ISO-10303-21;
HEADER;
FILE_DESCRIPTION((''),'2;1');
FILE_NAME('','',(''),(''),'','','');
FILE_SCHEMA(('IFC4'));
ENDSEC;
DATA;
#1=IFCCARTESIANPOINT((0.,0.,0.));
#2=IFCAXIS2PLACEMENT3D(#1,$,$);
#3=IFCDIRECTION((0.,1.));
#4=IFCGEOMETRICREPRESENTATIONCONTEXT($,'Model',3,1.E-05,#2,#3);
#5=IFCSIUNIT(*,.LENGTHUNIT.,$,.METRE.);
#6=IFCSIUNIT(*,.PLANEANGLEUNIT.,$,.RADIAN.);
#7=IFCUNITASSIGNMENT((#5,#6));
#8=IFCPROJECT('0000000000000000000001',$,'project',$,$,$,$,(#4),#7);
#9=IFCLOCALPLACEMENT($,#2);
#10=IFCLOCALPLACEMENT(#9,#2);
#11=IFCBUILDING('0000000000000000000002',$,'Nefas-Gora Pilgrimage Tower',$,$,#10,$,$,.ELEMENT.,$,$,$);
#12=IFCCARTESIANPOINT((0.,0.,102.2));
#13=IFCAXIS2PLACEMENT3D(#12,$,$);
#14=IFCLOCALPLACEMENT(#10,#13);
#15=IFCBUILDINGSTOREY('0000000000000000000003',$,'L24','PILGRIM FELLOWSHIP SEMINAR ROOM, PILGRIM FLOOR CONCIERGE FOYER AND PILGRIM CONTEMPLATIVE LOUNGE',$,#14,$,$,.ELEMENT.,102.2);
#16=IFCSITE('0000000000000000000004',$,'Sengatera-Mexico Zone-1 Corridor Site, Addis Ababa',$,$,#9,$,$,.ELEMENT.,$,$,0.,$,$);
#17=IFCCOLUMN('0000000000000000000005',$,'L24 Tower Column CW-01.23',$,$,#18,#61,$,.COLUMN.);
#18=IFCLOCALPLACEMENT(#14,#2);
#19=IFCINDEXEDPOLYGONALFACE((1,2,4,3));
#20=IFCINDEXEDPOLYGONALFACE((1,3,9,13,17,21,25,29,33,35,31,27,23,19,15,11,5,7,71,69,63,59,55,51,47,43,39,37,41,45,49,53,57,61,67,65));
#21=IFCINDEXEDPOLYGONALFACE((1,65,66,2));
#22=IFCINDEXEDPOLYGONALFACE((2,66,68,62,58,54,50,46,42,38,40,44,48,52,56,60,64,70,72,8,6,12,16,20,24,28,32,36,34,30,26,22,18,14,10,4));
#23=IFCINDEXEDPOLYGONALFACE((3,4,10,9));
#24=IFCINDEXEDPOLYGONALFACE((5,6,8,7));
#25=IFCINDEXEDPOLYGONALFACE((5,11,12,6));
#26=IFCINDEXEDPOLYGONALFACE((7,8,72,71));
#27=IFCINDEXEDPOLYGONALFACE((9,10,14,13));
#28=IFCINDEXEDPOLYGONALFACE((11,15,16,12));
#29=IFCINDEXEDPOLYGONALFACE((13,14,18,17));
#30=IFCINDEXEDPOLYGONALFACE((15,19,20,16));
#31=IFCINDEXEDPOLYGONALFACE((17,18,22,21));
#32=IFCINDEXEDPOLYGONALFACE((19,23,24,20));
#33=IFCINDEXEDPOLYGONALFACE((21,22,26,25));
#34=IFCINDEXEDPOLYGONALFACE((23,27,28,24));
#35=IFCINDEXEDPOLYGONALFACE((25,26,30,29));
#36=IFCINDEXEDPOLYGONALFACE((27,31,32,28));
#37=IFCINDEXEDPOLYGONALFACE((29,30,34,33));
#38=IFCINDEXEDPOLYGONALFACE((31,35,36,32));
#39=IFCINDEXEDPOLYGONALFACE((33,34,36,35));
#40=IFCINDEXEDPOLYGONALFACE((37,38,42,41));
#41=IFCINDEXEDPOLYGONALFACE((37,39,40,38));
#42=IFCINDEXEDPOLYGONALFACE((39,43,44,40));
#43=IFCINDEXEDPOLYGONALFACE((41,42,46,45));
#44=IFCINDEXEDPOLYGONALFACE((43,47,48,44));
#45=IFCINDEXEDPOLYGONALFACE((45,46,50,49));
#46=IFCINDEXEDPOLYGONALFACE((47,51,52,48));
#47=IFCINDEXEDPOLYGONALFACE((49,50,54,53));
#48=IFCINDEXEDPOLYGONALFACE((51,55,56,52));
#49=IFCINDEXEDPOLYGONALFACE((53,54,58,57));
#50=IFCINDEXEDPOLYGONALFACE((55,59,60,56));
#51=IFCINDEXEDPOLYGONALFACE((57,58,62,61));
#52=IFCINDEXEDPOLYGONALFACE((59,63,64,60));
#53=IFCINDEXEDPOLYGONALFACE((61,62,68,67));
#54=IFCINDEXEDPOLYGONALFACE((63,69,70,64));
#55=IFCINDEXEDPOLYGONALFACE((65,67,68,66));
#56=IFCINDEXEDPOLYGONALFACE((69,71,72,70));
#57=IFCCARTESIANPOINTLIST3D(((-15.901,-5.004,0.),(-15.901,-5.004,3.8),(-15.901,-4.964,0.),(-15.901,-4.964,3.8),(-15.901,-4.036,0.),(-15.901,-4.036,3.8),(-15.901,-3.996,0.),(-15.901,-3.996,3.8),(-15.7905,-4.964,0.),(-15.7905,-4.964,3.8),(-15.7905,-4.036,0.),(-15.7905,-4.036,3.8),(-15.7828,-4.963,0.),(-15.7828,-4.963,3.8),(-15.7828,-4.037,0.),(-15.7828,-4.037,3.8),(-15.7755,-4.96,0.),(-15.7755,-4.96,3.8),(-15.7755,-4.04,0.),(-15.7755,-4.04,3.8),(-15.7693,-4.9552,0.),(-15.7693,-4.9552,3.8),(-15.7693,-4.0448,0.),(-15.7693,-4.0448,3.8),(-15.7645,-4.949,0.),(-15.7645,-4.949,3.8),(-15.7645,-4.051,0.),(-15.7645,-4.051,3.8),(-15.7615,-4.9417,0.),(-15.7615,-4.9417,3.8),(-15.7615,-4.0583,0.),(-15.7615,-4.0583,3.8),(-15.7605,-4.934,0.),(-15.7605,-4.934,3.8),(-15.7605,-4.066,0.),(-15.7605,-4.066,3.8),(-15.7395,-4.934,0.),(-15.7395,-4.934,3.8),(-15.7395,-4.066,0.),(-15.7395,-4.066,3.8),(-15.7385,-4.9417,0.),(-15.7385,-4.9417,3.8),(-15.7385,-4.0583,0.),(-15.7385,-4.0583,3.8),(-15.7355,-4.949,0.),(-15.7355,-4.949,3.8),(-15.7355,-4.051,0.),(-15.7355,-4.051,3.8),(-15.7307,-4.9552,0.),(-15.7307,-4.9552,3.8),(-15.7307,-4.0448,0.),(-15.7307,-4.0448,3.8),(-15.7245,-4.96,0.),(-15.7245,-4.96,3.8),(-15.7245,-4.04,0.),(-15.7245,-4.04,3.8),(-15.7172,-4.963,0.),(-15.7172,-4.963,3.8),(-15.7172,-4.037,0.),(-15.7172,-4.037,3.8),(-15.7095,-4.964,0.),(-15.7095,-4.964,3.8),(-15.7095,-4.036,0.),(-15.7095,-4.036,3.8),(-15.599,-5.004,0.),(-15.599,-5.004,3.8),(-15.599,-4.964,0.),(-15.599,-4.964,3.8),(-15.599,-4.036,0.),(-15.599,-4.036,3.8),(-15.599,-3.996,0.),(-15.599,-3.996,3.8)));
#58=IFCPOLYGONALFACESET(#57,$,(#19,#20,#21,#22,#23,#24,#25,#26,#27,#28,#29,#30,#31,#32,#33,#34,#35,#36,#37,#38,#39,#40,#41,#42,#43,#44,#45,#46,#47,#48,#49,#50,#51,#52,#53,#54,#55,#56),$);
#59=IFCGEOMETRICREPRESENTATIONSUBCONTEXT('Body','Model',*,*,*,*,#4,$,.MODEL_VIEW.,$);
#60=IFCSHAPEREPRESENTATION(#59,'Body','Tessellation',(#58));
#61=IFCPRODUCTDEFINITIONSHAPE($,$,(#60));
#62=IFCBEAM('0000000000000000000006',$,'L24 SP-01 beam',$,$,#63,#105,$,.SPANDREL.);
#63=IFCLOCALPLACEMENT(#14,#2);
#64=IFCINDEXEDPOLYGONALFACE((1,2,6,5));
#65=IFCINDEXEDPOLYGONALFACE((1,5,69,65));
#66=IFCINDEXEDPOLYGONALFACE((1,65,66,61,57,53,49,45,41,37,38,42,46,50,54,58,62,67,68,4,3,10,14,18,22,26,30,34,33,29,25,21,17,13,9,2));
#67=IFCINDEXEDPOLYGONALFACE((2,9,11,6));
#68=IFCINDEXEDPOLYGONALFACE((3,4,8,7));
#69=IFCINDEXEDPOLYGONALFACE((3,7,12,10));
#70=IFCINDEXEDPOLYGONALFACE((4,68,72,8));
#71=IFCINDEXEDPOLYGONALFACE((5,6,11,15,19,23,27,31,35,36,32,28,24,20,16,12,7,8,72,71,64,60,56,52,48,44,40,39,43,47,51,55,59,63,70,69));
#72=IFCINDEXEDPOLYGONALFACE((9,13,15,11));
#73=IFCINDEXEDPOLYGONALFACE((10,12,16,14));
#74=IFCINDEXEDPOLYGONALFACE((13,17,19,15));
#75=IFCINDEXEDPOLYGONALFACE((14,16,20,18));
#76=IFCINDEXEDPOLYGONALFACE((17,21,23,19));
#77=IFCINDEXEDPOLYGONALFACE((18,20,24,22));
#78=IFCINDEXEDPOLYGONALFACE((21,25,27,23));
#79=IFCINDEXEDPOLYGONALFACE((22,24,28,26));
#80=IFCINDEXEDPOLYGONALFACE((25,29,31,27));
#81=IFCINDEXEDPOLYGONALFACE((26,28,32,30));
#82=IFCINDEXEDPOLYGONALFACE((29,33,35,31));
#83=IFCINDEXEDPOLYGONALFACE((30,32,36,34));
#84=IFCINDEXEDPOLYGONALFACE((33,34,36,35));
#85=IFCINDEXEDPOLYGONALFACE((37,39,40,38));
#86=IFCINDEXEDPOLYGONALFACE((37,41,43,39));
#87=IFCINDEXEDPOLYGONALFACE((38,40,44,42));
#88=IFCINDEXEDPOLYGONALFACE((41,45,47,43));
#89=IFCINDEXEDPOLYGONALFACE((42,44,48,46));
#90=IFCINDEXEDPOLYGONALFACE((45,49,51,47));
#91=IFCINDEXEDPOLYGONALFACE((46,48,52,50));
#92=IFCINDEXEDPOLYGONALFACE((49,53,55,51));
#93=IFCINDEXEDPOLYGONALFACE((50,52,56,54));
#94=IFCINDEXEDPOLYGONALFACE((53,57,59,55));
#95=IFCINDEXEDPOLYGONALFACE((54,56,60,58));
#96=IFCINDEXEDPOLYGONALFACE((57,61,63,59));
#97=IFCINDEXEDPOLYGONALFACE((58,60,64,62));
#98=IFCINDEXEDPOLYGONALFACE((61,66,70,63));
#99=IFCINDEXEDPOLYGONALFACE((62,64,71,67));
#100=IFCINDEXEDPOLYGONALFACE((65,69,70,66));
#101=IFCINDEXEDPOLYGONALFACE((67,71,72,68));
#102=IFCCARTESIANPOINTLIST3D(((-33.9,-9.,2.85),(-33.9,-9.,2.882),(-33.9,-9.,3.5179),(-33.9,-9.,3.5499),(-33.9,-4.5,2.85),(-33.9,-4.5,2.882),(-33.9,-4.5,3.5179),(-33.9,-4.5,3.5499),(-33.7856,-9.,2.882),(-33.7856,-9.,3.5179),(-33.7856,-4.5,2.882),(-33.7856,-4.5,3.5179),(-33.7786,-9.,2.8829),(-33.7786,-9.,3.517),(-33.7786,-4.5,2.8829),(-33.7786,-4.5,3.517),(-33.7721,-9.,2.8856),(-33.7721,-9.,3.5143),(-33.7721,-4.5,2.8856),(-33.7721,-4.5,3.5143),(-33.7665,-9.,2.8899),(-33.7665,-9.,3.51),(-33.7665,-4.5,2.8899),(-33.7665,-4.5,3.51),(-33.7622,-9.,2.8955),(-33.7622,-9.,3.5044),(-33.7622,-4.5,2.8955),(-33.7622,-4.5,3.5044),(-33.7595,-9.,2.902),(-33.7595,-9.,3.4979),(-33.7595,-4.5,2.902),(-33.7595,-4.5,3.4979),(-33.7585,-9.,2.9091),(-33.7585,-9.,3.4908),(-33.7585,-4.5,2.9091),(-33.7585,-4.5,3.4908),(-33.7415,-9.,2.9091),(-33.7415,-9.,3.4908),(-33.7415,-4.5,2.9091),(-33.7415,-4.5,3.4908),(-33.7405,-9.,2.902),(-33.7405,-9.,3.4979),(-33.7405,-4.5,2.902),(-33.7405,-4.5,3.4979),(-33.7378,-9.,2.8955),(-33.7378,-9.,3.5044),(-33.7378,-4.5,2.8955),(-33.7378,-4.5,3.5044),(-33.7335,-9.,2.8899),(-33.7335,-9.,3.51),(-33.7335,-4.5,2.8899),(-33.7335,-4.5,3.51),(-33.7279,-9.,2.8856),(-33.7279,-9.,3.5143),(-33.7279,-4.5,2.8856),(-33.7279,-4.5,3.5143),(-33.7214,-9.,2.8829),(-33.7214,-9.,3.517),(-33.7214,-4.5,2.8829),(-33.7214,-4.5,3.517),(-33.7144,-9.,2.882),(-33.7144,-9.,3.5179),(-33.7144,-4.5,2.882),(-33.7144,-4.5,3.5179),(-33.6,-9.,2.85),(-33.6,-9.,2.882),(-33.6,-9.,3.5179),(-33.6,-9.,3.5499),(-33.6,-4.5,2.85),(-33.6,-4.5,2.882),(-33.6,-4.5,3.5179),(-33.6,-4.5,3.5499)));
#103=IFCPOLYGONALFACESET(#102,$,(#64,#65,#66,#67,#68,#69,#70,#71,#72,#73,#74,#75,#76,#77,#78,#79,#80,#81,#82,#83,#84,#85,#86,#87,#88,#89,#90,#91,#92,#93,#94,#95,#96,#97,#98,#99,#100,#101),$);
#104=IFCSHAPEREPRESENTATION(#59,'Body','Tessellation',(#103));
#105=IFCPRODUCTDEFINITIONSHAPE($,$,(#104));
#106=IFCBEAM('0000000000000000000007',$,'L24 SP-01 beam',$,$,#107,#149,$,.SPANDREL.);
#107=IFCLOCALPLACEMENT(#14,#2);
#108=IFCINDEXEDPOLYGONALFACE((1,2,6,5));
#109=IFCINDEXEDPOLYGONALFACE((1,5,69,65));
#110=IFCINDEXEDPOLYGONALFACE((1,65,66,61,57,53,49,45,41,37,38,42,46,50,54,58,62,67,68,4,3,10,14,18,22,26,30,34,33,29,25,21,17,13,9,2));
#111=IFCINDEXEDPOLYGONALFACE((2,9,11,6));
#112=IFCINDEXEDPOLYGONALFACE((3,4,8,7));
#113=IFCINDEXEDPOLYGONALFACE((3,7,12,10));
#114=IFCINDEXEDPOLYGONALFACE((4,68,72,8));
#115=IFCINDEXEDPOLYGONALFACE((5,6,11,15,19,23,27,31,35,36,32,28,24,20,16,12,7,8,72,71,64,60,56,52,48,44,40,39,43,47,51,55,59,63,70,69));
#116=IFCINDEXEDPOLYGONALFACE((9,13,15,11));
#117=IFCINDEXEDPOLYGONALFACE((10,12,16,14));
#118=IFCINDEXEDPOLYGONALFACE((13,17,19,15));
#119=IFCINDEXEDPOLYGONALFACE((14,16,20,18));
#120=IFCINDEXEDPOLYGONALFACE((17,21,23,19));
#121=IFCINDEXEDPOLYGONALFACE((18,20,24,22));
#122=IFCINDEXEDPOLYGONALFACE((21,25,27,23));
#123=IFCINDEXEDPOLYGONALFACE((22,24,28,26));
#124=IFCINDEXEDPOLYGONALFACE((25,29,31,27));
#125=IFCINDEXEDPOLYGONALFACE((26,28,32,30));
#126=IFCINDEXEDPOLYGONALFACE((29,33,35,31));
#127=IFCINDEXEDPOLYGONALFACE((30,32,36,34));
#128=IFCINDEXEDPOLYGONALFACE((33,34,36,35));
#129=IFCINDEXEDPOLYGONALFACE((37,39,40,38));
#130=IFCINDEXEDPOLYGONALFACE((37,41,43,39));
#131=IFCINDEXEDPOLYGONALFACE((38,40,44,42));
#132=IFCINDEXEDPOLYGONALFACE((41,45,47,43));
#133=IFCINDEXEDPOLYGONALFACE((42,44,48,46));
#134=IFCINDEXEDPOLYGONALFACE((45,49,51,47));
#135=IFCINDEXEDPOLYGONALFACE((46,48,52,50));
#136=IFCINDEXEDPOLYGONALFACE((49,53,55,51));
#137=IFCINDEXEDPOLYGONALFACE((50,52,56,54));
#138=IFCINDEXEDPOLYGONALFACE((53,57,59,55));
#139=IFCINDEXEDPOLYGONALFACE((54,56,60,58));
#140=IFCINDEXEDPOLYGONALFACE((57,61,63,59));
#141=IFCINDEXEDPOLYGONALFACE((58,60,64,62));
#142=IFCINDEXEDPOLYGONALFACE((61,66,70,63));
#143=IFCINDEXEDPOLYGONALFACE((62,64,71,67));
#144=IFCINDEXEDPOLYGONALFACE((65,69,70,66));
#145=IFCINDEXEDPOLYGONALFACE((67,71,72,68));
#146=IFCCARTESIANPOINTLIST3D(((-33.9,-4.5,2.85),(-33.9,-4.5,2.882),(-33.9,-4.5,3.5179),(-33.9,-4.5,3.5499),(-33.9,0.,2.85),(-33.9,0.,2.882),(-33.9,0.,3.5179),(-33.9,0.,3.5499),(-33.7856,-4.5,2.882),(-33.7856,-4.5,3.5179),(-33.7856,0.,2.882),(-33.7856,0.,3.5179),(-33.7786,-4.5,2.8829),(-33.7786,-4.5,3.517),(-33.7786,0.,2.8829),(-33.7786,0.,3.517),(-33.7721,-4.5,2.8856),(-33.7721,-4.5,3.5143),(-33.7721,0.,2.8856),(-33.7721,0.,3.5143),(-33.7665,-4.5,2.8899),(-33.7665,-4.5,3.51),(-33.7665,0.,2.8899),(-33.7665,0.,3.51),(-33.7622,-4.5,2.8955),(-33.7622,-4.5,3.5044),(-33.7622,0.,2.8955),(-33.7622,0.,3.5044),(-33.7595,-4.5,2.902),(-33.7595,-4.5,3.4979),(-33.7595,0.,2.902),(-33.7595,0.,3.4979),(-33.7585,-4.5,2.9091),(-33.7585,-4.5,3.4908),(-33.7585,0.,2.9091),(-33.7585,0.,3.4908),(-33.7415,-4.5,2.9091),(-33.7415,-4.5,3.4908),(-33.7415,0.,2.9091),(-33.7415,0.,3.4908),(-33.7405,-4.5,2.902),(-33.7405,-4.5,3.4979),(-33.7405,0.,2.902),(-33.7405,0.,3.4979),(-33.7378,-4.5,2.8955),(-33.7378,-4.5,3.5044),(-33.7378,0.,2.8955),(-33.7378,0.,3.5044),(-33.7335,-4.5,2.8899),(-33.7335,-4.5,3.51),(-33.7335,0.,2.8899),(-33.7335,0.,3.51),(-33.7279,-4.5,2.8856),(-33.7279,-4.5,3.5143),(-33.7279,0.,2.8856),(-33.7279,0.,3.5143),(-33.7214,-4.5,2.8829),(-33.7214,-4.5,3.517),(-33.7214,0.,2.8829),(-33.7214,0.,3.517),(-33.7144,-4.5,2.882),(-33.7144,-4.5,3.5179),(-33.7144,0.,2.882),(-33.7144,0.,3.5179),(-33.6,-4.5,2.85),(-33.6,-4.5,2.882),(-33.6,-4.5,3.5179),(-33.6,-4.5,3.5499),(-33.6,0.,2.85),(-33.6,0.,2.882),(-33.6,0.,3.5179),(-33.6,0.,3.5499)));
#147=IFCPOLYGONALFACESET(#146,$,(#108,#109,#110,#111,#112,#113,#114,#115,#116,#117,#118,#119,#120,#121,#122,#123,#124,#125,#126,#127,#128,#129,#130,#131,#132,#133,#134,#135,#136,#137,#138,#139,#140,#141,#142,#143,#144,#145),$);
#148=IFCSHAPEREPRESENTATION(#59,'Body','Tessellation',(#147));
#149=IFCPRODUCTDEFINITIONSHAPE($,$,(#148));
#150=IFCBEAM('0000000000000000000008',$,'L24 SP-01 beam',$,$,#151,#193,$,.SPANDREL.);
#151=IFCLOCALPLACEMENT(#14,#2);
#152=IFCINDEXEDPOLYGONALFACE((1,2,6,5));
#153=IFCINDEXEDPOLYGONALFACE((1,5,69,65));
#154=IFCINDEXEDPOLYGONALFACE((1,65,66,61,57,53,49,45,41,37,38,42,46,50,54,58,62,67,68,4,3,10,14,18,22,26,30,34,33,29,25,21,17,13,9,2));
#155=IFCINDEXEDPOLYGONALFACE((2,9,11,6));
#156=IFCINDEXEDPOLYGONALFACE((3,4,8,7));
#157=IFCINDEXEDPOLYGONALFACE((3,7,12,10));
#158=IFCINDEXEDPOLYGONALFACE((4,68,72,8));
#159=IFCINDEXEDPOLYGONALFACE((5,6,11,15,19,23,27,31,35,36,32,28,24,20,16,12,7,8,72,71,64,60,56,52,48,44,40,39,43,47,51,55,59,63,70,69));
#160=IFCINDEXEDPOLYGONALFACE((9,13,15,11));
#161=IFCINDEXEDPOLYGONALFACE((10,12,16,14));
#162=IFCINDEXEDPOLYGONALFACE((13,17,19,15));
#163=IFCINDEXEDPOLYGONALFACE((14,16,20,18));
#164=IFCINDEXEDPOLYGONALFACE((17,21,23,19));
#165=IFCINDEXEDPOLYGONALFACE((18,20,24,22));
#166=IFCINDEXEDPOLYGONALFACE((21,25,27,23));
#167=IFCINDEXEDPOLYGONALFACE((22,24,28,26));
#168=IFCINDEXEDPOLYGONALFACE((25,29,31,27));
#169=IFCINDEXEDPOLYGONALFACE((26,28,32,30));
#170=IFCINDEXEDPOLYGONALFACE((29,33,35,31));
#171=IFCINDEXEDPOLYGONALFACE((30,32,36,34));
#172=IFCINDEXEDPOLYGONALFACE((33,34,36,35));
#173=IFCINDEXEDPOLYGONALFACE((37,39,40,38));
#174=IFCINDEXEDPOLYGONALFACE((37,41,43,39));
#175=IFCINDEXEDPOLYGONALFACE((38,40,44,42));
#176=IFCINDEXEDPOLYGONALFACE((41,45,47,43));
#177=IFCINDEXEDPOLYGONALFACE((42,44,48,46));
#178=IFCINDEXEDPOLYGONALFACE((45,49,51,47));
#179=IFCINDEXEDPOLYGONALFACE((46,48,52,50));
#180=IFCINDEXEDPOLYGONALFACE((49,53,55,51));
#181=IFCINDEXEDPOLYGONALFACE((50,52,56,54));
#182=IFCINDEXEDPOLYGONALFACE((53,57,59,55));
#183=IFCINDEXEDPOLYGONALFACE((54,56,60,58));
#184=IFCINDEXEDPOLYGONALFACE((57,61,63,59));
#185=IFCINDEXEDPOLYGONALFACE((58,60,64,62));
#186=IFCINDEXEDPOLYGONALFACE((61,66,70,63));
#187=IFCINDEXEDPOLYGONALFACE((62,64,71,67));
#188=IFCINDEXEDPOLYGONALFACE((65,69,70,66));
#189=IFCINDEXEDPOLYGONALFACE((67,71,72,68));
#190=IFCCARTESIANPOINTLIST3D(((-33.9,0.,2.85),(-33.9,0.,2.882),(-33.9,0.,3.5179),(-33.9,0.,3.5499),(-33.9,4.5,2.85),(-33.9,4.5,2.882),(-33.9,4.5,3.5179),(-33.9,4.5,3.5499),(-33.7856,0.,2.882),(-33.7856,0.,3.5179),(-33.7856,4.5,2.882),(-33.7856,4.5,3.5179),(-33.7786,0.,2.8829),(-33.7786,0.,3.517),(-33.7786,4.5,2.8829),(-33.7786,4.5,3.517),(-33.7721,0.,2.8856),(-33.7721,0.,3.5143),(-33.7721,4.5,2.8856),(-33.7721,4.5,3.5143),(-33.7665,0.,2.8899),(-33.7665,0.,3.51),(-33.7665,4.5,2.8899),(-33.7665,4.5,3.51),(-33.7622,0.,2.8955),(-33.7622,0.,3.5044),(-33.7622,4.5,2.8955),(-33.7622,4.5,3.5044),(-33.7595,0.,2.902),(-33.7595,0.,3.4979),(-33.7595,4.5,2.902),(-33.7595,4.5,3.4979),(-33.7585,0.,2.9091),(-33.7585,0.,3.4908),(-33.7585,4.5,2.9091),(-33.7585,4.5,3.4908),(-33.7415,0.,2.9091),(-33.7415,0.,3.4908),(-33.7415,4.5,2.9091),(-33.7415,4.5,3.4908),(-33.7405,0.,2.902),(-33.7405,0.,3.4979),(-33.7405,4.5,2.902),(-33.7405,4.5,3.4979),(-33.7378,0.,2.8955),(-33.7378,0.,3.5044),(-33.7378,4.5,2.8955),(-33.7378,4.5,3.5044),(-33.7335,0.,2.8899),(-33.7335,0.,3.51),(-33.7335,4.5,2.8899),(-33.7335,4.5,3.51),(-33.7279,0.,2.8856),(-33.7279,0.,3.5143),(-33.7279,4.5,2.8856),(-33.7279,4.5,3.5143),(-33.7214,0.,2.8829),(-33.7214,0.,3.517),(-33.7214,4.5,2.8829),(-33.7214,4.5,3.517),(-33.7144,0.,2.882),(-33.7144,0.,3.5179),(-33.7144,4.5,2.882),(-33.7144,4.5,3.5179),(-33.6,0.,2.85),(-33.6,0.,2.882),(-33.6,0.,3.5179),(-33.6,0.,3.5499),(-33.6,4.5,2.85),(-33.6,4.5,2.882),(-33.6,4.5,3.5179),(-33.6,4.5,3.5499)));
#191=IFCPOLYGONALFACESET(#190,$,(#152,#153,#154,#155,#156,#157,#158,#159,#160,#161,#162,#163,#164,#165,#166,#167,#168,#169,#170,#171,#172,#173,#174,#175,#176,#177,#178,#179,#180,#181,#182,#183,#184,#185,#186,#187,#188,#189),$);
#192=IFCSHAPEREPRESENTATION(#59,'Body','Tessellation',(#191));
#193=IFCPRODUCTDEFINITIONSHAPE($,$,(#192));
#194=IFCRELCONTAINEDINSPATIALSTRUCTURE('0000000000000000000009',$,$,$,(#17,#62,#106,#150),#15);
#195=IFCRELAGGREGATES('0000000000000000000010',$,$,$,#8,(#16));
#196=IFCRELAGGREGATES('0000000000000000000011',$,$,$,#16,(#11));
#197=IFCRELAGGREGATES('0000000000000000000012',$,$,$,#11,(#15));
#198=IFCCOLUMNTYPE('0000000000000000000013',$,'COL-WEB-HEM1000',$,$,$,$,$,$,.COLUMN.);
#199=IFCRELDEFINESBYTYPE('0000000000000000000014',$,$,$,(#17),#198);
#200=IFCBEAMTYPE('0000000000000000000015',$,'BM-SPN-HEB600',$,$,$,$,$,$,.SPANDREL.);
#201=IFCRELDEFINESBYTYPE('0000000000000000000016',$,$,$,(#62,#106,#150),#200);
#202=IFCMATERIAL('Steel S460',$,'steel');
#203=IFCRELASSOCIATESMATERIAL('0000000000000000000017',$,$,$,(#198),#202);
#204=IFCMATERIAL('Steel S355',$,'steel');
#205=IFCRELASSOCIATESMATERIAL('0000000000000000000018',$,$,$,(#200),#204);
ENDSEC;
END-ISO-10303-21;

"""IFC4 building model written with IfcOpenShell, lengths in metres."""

from ifc_helpers import new_model, si_unit, direction, frame, origin, origin_2d, place, context, subcontext, project, spatial, i_section, extrude, source, transform, mapped, material, material_profile, profile_set, type_object, element, save


model = new_model("IFC4")

# Units and contexts
model_context = context("Model", 3, precision=1e-05, world=origin(), true_north=direction((0.0, 1.0)))
body_context = subcontext(model_context, "Body", "Model", "MODEL_VIEW")
ifc_project = project(units=[si_unit("LENGTHUNIT", "METRE"), si_unit("PLANEANGLEUNIT", "RADIAN")], contexts=[model_context])

# Site, building, storey
site_placement = place(None, origin())
site = spatial("IfcSite", under=ifc_project, at=site_placement, Name="Sengatera-Mexico Zone-1 Corridor Site, Addis Ababa", CompositionType="ELEMENT", RefElevation=0.0)
building_placement = place(site_placement, origin())
building = spatial("IfcBuilding", under=site, at=building_placement, Name="Nefas-Gora Pilgrimage Tower", CompositionType="ELEMENT")
storey_placement = place(building_placement, frame((0.0, 0.0, 102.2)))
storey = spatial("IfcBuildingStorey", under=building, at=storey_placement, Name="L24", Description="PILGRIM FELLOWSHIP SEMINAR ROOM, PILGRIM FLOOR CONCIERGE FOYER AND PILGRIM CONTEMPLATIVE LOUNGE", CompositionType="ELEMENT", Elevation=102.2)

# Column
ifc_material_1 = material(Name="Steel S460", Category="steel")
ifc_material_profile_1 = material_profile(ifc_material_1, i_section(OverallWidth=0.302, OverallDepth=1.0081, WebThickness=0.021, FlangeThickness=0.04, FilletRadius=0.03, at=origin_2d()), Name="HEM 1000")
ifc_profile_set_1 = profile_set([ifc_material_profile_1], Name="Steel S460")
column_type_1 = type_object("IfcColumnType", Name="COL-WEB-HEM1000", PredefinedType="COLUMN", material=ifc_profile_set_1)
shared_shape_1 = source(origin(), body_context, "Body", "SweptSolid", [
    extrude(i_section(OverallWidth=0.302, OverallDepth=1.0081, WebThickness=0.021, FlangeThickness=0.04, FilletRadius=0.03, at=origin_2d()), origin(), (0.0, 0.0, 1.0), 3.8),
])
for number, where, z_axis, x_axis, name in (
    (1, (-15.75, -4.5, 0.0), (0.0, 0.0, 1.0), (1.0, 0.0, 0.0), "L24 Tower Column CW-01.23"),
):
    element("IfcColumn", number, at=place(storey_placement, frame(where, z_axis=z_axis, x_axis=x_axis)), inside=storey, type_object=column_type_1, Name=name, PredefinedType="COLUMN", context=body_context, shape_type="MappedRepresentation", body=[
        mapped(shared_shape_1, transform((0.0, 0.0, 0.0), x_axis=(1.0, 0.0, 0.0), y_axis=(0.0, 1.0, 0.0), z_axis=(0.0, 0.0, 1.0), scale=1.0)),
    ])

# Beams
ifc_material_2 = material(Name="Steel S355", Category="steel")
ifc_material_profile_2 = material_profile(ifc_material_2, i_section(OverallWidth=0.3, OverallDepth=0.7, WebThickness=0.0171, FlangeThickness=0.032, FilletRadius=0.0271, at=origin_2d()), Name="HEB 700")
ifc_profile_set_2 = profile_set([ifc_material_profile_2], Name="Steel S355")
beam_type_1 = type_object("IfcBeamType", Name="BM-SPN-HEB600", PredefinedType="SPANDREL", material=ifc_profile_set_2)
shared_shape_2 = source(origin(), body_context, "Body", "SweptSolid", [
    extrude(i_section(OverallWidth=0.3, OverallDepth=0.7, WebThickness=0.0171, FlangeThickness=0.032, FilletRadius=0.0271, at=origin_2d()), origin(), (0.0, 0.0, 1.0), 4.5),
])
for number, where, z_axis, x_axis, name in (
    (2, (-33.75, -9.0, 3.2), (0.0, 1.0, 0.0), (-1.0, 0.0, 0.0), "L24 SP-01 beam"),
    (3, (-33.75, -4.5, 3.2), (0.0, 1.0, 0.0), (-1.0, 0.0, 0.0), "L24 SP-01 beam"),
    (4, (-33.75, 0.0, 3.2), (0.0, 1.0, 0.0), (-1.0, 0.0, 0.0), "L24 SP-01 beam"),
):
    element("IfcBeam", number, at=place(storey_placement, frame(where, z_axis=z_axis, x_axis=x_axis)), inside=storey, type_object=beam_type_1, Name=name, PredefinedType="SPANDREL", context=body_context, shape_type="MappedRepresentation", body=[
        mapped(shared_shape_2, transform((0.0, 0.0, 0.0), x_axis=(1.0, 0.0, 0.0), y_axis=(0.0, 1.0, 0.0), z_axis=(0.0, 0.0, 1.0), scale=1.0)),
    ])

save(model, "model.ifc")
